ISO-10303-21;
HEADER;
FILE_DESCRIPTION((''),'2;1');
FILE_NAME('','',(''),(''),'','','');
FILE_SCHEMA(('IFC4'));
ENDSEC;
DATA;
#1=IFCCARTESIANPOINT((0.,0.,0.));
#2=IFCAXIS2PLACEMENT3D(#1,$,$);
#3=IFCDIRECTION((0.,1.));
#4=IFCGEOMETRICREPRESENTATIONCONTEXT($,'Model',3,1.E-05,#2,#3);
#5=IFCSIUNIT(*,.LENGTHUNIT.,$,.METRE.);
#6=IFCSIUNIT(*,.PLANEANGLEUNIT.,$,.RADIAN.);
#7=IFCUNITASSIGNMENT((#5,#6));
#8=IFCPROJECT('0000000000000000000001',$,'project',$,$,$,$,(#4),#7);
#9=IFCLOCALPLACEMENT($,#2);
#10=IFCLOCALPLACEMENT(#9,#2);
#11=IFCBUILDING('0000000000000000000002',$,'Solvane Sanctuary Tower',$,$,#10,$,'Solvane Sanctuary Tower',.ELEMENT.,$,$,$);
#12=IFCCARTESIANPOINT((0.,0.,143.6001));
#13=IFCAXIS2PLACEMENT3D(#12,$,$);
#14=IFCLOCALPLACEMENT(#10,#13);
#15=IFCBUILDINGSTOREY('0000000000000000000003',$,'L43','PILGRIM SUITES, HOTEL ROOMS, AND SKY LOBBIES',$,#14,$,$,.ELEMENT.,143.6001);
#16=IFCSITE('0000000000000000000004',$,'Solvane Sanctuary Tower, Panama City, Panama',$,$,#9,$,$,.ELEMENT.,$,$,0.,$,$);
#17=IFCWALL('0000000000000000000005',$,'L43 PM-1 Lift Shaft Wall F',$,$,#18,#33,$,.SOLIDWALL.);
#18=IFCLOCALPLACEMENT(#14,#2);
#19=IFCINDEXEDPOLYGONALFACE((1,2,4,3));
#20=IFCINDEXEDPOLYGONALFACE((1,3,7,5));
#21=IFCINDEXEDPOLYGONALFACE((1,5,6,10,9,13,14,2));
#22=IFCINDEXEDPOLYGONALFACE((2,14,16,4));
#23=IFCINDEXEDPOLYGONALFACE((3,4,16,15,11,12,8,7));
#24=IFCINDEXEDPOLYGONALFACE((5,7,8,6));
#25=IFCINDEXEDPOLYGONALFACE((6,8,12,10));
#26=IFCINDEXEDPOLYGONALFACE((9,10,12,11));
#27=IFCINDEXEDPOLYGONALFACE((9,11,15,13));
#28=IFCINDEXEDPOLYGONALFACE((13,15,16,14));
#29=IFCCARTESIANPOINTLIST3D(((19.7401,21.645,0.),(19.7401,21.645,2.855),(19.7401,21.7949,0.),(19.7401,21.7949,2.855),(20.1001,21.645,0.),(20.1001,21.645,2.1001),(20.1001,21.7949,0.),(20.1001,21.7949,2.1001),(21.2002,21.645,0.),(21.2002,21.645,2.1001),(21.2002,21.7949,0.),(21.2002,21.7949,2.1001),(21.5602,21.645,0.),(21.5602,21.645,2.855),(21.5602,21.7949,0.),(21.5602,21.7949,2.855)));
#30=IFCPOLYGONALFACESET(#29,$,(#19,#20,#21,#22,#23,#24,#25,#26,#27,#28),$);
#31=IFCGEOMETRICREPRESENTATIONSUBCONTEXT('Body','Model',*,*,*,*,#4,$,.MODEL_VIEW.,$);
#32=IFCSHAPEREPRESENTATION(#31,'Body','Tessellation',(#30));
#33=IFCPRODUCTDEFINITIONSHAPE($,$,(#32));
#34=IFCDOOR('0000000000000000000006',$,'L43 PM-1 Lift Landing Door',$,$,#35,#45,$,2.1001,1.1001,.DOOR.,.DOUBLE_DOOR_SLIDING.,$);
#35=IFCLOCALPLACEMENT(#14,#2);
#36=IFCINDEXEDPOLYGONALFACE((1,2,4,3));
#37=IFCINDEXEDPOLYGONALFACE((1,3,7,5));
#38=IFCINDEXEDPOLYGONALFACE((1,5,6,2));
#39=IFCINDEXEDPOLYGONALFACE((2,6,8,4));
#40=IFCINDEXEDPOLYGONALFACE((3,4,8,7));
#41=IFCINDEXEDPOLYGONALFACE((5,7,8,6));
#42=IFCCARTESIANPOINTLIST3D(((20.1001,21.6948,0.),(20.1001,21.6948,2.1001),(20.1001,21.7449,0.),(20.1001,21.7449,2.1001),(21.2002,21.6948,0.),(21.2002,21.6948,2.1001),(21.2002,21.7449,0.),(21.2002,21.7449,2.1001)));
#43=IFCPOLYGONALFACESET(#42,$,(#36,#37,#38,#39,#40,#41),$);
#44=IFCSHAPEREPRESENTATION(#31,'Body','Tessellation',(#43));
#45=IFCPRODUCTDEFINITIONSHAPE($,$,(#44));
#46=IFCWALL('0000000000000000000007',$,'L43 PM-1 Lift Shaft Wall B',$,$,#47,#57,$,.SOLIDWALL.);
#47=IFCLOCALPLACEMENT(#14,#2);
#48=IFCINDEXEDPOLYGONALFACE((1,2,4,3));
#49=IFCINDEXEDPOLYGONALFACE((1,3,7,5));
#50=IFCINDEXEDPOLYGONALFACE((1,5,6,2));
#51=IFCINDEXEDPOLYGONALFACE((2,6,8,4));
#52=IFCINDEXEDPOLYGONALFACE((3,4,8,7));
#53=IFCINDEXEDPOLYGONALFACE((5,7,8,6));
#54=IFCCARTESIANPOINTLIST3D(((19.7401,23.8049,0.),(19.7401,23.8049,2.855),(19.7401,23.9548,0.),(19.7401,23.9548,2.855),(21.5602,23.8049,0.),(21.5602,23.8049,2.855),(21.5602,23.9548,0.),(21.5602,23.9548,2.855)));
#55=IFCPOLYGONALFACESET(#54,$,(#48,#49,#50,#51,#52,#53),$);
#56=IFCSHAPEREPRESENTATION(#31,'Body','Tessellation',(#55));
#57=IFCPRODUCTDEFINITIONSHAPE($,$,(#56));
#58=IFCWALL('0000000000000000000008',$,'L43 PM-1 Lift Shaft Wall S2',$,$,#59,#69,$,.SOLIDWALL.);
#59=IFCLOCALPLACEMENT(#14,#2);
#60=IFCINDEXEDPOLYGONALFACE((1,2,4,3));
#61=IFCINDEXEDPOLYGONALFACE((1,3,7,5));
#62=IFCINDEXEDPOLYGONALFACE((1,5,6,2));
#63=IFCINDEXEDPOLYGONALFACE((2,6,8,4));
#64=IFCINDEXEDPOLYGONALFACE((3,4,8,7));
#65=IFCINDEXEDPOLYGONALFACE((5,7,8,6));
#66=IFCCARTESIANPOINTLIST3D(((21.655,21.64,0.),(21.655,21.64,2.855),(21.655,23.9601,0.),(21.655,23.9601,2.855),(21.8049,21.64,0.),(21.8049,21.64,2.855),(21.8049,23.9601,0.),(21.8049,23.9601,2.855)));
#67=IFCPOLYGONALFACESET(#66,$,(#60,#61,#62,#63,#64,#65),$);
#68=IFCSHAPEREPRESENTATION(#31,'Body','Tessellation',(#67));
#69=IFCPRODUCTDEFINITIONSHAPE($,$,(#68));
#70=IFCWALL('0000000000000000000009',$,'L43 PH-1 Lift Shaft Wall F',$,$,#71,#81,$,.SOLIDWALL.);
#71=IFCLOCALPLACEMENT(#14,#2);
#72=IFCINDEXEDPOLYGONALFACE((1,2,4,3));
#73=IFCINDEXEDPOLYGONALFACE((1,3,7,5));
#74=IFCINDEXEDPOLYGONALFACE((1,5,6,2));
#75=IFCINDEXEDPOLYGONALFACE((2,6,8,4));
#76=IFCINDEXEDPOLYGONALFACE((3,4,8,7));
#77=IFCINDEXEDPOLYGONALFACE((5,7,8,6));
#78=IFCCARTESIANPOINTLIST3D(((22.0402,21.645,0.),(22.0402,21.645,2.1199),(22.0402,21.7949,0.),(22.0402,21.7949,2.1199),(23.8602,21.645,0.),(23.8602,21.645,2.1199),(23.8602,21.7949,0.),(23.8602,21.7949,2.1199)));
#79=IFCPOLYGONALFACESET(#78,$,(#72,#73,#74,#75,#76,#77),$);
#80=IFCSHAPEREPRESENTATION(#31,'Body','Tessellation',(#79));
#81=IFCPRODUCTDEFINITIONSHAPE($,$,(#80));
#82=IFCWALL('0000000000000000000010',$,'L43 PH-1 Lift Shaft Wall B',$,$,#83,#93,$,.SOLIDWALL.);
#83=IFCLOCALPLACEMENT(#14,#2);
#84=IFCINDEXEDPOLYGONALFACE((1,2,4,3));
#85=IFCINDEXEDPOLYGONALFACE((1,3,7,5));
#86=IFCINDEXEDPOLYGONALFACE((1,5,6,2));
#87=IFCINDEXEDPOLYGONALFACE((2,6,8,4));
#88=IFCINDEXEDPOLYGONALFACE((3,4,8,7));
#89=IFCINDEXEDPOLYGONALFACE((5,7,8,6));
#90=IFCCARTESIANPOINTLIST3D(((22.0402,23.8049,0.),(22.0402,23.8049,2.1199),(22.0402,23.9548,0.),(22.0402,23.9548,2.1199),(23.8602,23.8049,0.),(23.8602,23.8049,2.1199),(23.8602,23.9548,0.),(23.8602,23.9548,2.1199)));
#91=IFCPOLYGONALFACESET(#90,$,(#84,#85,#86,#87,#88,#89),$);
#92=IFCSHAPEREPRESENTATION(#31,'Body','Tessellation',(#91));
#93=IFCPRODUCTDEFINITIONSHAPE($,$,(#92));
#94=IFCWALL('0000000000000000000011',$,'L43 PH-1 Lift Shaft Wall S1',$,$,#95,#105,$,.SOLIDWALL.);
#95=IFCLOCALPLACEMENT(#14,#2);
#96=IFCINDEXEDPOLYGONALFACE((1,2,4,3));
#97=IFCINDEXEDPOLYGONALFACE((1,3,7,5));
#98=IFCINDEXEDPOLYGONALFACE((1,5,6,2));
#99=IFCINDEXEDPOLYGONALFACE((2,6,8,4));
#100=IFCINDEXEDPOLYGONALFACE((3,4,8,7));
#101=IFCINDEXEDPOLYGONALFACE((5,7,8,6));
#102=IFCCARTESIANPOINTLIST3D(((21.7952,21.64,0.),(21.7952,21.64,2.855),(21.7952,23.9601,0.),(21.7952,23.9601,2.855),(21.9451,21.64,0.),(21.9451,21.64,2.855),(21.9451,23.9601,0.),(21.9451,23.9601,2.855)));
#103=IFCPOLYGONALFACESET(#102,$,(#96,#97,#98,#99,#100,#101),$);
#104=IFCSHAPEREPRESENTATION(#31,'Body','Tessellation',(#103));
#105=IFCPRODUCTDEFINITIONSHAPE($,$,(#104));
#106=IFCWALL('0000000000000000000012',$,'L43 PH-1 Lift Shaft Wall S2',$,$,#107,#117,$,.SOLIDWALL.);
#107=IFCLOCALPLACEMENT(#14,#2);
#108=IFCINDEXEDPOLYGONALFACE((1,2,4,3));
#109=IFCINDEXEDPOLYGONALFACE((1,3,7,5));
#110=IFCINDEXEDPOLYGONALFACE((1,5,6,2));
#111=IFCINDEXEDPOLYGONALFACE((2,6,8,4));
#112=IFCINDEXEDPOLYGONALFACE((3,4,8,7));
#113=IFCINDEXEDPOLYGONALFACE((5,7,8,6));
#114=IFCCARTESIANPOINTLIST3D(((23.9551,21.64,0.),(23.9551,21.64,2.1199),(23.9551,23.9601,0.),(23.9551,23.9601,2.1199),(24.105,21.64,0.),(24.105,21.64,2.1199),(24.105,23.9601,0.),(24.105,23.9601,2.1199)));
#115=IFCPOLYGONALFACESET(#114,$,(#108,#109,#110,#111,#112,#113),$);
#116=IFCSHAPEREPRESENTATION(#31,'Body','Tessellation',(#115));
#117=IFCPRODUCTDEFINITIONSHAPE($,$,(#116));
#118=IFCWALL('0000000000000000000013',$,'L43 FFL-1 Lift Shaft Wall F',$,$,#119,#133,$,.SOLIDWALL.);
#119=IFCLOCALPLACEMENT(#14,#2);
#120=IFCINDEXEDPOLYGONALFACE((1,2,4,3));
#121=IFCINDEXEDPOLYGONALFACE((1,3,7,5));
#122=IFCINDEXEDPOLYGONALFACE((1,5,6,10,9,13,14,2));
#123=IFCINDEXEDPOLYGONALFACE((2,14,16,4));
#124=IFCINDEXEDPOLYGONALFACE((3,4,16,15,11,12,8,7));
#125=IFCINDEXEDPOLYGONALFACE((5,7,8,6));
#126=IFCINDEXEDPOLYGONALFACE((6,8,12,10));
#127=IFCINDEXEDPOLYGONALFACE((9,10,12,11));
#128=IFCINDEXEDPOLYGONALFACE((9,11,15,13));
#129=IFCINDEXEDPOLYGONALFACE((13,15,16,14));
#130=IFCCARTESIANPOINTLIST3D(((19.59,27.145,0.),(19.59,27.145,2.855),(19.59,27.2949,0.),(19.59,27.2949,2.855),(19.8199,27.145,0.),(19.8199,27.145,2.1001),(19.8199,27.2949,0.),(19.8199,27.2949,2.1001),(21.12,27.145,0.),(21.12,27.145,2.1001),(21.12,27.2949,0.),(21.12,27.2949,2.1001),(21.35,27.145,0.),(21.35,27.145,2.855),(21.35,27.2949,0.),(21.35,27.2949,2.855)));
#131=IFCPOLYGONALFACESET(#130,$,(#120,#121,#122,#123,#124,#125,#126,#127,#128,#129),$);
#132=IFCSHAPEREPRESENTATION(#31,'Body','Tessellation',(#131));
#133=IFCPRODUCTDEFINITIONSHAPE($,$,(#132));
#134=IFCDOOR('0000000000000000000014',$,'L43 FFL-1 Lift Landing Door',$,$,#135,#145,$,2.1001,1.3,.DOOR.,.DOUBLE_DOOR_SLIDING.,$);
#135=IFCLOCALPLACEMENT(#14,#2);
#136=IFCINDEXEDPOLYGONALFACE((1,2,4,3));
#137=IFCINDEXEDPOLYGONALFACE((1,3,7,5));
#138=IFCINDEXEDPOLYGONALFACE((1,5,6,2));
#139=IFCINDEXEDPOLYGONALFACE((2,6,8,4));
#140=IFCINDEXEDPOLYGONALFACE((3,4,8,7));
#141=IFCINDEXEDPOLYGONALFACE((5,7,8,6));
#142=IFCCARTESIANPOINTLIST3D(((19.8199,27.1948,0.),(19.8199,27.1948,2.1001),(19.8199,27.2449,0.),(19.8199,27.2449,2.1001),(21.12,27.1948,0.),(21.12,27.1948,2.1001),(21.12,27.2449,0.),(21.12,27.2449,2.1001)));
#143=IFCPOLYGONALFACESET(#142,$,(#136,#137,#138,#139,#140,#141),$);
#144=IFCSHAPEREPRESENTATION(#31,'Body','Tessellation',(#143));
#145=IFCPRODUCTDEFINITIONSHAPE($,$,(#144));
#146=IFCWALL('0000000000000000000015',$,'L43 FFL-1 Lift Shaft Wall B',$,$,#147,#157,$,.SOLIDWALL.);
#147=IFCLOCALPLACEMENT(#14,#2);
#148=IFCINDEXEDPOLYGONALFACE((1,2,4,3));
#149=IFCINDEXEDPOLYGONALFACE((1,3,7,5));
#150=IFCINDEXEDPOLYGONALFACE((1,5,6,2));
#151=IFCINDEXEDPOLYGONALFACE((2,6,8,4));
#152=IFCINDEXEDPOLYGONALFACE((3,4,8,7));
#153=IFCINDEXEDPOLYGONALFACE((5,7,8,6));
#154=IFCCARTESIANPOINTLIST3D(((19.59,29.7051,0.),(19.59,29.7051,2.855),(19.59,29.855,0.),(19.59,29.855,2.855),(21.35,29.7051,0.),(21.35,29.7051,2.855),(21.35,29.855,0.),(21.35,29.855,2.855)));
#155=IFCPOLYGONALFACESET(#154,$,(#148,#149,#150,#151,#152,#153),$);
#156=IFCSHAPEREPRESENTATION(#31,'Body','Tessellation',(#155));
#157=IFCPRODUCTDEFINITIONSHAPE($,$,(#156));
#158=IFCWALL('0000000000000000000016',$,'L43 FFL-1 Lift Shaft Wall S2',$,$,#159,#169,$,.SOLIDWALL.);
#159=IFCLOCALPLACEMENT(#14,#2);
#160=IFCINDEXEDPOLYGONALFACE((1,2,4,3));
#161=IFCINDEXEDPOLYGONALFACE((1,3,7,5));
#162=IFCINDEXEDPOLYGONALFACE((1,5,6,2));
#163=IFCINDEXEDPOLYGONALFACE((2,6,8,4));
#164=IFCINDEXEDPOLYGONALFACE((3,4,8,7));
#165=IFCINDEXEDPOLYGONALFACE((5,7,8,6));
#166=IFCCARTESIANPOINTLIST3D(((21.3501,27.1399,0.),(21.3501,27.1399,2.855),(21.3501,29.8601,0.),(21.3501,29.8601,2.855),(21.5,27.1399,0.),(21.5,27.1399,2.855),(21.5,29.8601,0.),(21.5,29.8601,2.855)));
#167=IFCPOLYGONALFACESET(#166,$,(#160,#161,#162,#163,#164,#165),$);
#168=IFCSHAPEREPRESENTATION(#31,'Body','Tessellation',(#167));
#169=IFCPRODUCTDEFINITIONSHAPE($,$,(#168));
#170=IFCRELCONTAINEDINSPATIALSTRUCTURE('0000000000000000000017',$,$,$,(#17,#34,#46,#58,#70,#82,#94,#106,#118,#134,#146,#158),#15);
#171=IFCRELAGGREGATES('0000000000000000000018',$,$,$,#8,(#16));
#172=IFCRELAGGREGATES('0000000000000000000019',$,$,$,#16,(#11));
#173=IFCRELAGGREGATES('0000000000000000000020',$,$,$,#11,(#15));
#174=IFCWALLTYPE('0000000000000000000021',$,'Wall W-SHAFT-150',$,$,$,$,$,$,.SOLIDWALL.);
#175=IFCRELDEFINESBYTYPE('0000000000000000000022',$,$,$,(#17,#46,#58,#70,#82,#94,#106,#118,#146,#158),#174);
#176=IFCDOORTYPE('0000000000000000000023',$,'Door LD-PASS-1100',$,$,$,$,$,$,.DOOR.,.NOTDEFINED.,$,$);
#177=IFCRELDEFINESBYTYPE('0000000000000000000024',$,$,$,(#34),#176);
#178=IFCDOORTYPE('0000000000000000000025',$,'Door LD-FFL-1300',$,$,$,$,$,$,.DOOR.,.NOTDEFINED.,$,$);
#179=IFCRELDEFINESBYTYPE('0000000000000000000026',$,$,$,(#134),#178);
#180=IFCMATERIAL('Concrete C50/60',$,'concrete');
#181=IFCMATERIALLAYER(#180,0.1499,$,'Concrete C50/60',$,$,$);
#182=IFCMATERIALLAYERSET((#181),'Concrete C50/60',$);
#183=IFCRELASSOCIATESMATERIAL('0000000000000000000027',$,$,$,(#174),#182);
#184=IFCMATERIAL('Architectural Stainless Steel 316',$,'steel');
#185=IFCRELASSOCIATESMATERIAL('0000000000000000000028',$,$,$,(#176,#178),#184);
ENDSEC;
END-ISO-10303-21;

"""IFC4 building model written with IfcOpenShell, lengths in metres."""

from ifc_helpers import new_model, si_unit, direction, frame, frame_2d, origin, place, context, subcontext, project, spatial, rectangle, extrude, material, layer, layer_set, type_object, element, fill, save


model = new_model("IFC4")

# Units and contexts
model_context = context("Model", 3, precision=1e-05, world=origin(), true_north=direction((0.0, 1.0)))
body_context = subcontext(model_context, "Body", "Model", "MODEL_VIEW")
ifc_project = project(units=[si_unit("LENGTHUNIT", "METRE"), si_unit("PLANEANGLEUNIT", "RADIAN")], contexts=[model_context])

# Site, building, storey
site_placement = place(None, origin())
site = spatial("IfcSite", under=ifc_project, at=site_placement, Name="Solvane Sanctuary Tower, Panama City, Panama", CompositionType="ELEMENT", RefElevation=0.0)
building_placement = place(site_placement, origin())
building = spatial("IfcBuilding", under=site, at=building_placement, Name="Solvane Sanctuary Tower", LongName="Solvane Sanctuary Tower", CompositionType="ELEMENT")
storey_placement = place(building_placement, frame((0.0, 0.0, 143.6001)))
storey = spatial("IfcBuildingStorey", under=building, at=storey_placement, Name="L43", Description="PILGRIM SUITES, HOTEL ROOMS, AND SKY LOBBIES", CompositionType="ELEMENT", Elevation=143.6001)

# Shared definitions
ifc_material_1 = material(Name="Concrete C50/60", Category="concrete")

# Shared definitions
ifc_material_2 = material(Name="Architectural Stainless Steel 316", Category="steel")

# Wall, opening, door
ifc_layer_1 = layer(ifc_material_1, 0.1499, Name="Concrete C50/60")
ifc_layer_set_1 = layer_set([ifc_layer_1], Name="Concrete C50/60")
wall_type_1 = type_object("IfcWallType", Name="Wall W-SHAFT-150", PredefinedType="SOLIDWALL", material=ifc_layer_set_1)
wall_1_placement = place(storey_placement, frame((19.74, 21.72, 0.0), z_axis=(0.0, 0.0, 1.0), x_axis=(1.0, 0.0, 0.0)))
wall_1 = element("IfcWall", 1, at=wall_1_placement, inside=storey, type_object=wall_type_1, Name="L43 PM-1 Lift Shaft Wall F", PredefinedType="SOLIDWALL", context=body_context, shape_type="SweptSolid", body=[
    extrude(rectangle(XDim=1.8201, YDim=0.1499, at=frame_2d((0.9102, 0.0))), origin(), (0.0, 0.0, 1.0), 2.855),
])
opening_1_placement = place(wall_1_placement, frame((0.3601, 0.0, 0.0)))
opening_1 = element("IfcOpeningElement", 2, at=opening_1_placement, cuts=wall_1, PredefinedType="OPENING", context=body_context, shape_type="SweptSolid", body=[
    extrude(rectangle(XDim=1.1001, YDim=2.1001, at=frame_2d((0.55, 1.05))), frame((0.0, 0.085, 0.0), z_axis=(0.0, -1.0, 0.0), x_axis=(1.0, 0.0, 0.0)), (0.0, 0.0, 1.0), 0.1699),
])
door_type_1 = type_object("IfcDoorType", Name="Door LD-PASS-1100", OperationType="NOTDEFINED", PredefinedType="DOOR", material=ifc_material_2)
door_1_placement = place(opening_1_placement, origin())
door_1 = element("IfcDoor", 3, at=door_1_placement, inside=storey, type_object=door_type_1, Name="L43 PM-1 Lift Landing Door", OperationType="DOUBLE_DOOR_SLIDING", OverallHeight=2.1001, OverallWidth=1.1001, PredefinedType="DOOR", context=body_context, shape_type="SweptSolid", body=[
    extrude(rectangle(XDim=1.1001, YDim=2.1001, at=frame_2d((0.55, 1.05))), frame((0.0, 0.0249, 0.0), z_axis=(0.0, -1.0, 0.0), x_axis=(1.0, 0.0, 0.0)), (0.0, 0.0, 1.0), 0.05),
])
fill(opening_1, door_1)

# Walls
wall_2_placement = place(storey_placement, frame((19.74, 23.8799, 0.0), z_axis=(0.0, 0.0, 1.0), x_axis=(1.0, 0.0, 0.0)))
element("IfcWall", 4, at=wall_2_placement, inside=storey, type_object=wall_type_1, Name="L43 PM-1 Lift Shaft Wall B", PredefinedType="SOLIDWALL", context=body_context, shape_type="SweptSolid", body=[
    extrude(rectangle(XDim=1.8201, YDim=0.1499, at=frame_2d((0.9102, 0.0))), origin(), (0.0, 0.0, 1.0), 2.855),
])
wall_3_placement = place(storey_placement, frame((21.73, 21.6399, 0.0), z_axis=(0.0, 0.0, 1.0), x_axis=(0.0, 1.0, 0.0)))
element("IfcWall", 5, at=wall_3_placement, inside=storey, type_object=wall_type_1, Name="L43 PM-1 Lift Shaft Wall S2", PredefinedType="SOLIDWALL", context=body_context, shape_type="SweptSolid", body=[
    extrude(rectangle(XDim=2.3201, YDim=0.1499, at=frame_2d((1.1602, 0.0))), origin(), (0.0, 0.0, 1.0), 2.855),
])
for number, where, z_axis, x_axis, name in (
    (6, (22.04, 21.72, 0.0), (0.0, 0.0, 1.0), (1.0, 0.0, 0.0), "L43 PH-1 Lift Shaft Wall F"),
    (7, (22.04, 23.8799, 0.0), (0.0, 0.0, 1.0), (1.0, 0.0, 0.0), "L43 PH-1 Lift Shaft Wall B"),
):
    element("IfcWall", number, at=place(storey_placement, frame(where, z_axis=z_axis, x_axis=x_axis)), inside=storey, type_object=wall_type_1, Name=name, PredefinedType="SOLIDWALL", context=body_context, shape_type="SweptSolid", body=[
        extrude(rectangle(XDim=1.8201, YDim=0.1499, at=frame_2d((0.9102, 0.0))), origin(), (0.0, 0.0, 1.0), 2.1199),
    ])
wall_4_placement = place(storey_placement, frame((21.8701, 21.6399, 0.0), z_axis=(0.0, 0.0, 1.0), x_axis=(0.0, 1.0, 0.0)))
element("IfcWall", 8, at=wall_4_placement, inside=storey, type_object=wall_type_1, Name="L43 PH-1 Lift Shaft Wall S1", PredefinedType="SOLIDWALL", context=body_context, shape_type="SweptSolid", body=[
    extrude(rectangle(XDim=2.3201, YDim=0.1499, at=frame_2d((1.1602, 0.0))), origin(), (0.0, 0.0, 1.0), 2.855),
])
wall_5_placement = place(storey_placement, frame((24.03, 21.6399, 0.0), z_axis=(0.0, 0.0, 1.0), x_axis=(0.0, 1.0, 0.0)))
element("IfcWall", 9, at=wall_5_placement, inside=storey, type_object=wall_type_1, Name="L43 PH-1 Lift Shaft Wall S2", PredefinedType="SOLIDWALL", context=body_context, shape_type="SweptSolid", body=[
    extrude(rectangle(XDim=2.3201, YDim=0.1499, at=frame_2d((1.1602, 0.0))), origin(), (0.0, 0.0, 1.0), 2.1199),
])

# Wall, opening, door
wall_6_placement = place(storey_placement, frame((19.5901, 27.22, 0.0), z_axis=(0.0, 0.0, 1.0), x_axis=(1.0, 0.0, 0.0)))
wall_6 = element("IfcWall", 10, at=wall_6_placement, inside=storey, type_object=wall_type_1, Name="L43 FFL-1 Lift Shaft Wall F", PredefinedType="SOLIDWALL", context=body_context, shape_type="SweptSolid", body=[
    extrude(rectangle(XDim=1.76, YDim=0.1499, at=frame_2d((0.8799, 0.0))), origin(), (0.0, 0.0, 1.0), 2.855),
])
opening_2_placement = place(wall_6_placement, frame((0.23, 0.0, 0.0)))
opening_2 = element("IfcOpeningElement", 11, at=opening_2_placement, cuts=wall_6, PredefinedType="OPENING", context=body_context, shape_type="SweptSolid", body=[
    extrude(rectangle(XDim=1.3, YDim=2.1001, at=frame_2d((0.6499, 1.05))), frame((0.0, 0.085, 0.0), z_axis=(0.0, -1.0, 0.0), x_axis=(1.0, 0.0, 0.0)), (0.0, 0.0, 1.0), 0.1699),
])
door_type_2 = type_object("IfcDoorType", Name="Door LD-FFL-1300", OperationType="NOTDEFINED", PredefinedType="DOOR", material=ifc_material_2)
door_2_placement = place(opening_2_placement, origin())
door_2 = element("IfcDoor", 12, at=door_2_placement, inside=storey, type_object=door_type_2, Name="L43 FFL-1 Lift Landing Door", OperationType="DOUBLE_DOOR_SLIDING", OverallHeight=2.1001, OverallWidth=1.3, PredefinedType="DOOR", context=body_context, shape_type="SweptSolid", body=[
    extrude(rectangle(XDim=1.3, YDim=2.1001, at=frame_2d((0.6499, 1.05))), frame((0.0, 0.0249, 0.0), z_axis=(0.0, -1.0, 0.0), x_axis=(1.0, 0.0, 0.0)), (0.0, 0.0, 1.0), 0.05),
])
fill(opening_2, door_2)

# Walls
wall_7_placement = place(storey_placement, frame((19.5901, 29.78, 0.0), z_axis=(0.0, 0.0, 1.0), x_axis=(1.0, 0.0, 0.0)))
element("IfcWall", 13, at=wall_7_placement, inside=storey, type_object=wall_type_1, Name="L43 FFL-1 Lift Shaft Wall B", PredefinedType="SOLIDWALL", context=body_context, shape_type="SweptSolid", body=[
    extrude(rectangle(XDim=1.76, YDim=0.1499, at=frame_2d((0.8799, 0.0))), origin(), (0.0, 0.0, 1.0), 2.855),
])
wall_8_placement = place(storey_placement, frame((21.425, 27.1399, 0.0), z_axis=(0.0, 0.0, 1.0), x_axis=(0.0, 1.0, 0.0)))
element("IfcWall", 14, at=wall_8_placement, inside=storey, type_object=wall_type_1, Name="L43 FFL-1 Lift Shaft Wall S2", PredefinedType="SOLIDWALL", context=body_context, shape_type="SweptSolid", body=[
    extrude(rectangle(XDim=2.7202, YDim=0.1499, at=frame_2d((1.3601, 0.0))), origin(), (0.0, 0.0, 1.0), 2.855),
])

save(model, "model.ifc")
